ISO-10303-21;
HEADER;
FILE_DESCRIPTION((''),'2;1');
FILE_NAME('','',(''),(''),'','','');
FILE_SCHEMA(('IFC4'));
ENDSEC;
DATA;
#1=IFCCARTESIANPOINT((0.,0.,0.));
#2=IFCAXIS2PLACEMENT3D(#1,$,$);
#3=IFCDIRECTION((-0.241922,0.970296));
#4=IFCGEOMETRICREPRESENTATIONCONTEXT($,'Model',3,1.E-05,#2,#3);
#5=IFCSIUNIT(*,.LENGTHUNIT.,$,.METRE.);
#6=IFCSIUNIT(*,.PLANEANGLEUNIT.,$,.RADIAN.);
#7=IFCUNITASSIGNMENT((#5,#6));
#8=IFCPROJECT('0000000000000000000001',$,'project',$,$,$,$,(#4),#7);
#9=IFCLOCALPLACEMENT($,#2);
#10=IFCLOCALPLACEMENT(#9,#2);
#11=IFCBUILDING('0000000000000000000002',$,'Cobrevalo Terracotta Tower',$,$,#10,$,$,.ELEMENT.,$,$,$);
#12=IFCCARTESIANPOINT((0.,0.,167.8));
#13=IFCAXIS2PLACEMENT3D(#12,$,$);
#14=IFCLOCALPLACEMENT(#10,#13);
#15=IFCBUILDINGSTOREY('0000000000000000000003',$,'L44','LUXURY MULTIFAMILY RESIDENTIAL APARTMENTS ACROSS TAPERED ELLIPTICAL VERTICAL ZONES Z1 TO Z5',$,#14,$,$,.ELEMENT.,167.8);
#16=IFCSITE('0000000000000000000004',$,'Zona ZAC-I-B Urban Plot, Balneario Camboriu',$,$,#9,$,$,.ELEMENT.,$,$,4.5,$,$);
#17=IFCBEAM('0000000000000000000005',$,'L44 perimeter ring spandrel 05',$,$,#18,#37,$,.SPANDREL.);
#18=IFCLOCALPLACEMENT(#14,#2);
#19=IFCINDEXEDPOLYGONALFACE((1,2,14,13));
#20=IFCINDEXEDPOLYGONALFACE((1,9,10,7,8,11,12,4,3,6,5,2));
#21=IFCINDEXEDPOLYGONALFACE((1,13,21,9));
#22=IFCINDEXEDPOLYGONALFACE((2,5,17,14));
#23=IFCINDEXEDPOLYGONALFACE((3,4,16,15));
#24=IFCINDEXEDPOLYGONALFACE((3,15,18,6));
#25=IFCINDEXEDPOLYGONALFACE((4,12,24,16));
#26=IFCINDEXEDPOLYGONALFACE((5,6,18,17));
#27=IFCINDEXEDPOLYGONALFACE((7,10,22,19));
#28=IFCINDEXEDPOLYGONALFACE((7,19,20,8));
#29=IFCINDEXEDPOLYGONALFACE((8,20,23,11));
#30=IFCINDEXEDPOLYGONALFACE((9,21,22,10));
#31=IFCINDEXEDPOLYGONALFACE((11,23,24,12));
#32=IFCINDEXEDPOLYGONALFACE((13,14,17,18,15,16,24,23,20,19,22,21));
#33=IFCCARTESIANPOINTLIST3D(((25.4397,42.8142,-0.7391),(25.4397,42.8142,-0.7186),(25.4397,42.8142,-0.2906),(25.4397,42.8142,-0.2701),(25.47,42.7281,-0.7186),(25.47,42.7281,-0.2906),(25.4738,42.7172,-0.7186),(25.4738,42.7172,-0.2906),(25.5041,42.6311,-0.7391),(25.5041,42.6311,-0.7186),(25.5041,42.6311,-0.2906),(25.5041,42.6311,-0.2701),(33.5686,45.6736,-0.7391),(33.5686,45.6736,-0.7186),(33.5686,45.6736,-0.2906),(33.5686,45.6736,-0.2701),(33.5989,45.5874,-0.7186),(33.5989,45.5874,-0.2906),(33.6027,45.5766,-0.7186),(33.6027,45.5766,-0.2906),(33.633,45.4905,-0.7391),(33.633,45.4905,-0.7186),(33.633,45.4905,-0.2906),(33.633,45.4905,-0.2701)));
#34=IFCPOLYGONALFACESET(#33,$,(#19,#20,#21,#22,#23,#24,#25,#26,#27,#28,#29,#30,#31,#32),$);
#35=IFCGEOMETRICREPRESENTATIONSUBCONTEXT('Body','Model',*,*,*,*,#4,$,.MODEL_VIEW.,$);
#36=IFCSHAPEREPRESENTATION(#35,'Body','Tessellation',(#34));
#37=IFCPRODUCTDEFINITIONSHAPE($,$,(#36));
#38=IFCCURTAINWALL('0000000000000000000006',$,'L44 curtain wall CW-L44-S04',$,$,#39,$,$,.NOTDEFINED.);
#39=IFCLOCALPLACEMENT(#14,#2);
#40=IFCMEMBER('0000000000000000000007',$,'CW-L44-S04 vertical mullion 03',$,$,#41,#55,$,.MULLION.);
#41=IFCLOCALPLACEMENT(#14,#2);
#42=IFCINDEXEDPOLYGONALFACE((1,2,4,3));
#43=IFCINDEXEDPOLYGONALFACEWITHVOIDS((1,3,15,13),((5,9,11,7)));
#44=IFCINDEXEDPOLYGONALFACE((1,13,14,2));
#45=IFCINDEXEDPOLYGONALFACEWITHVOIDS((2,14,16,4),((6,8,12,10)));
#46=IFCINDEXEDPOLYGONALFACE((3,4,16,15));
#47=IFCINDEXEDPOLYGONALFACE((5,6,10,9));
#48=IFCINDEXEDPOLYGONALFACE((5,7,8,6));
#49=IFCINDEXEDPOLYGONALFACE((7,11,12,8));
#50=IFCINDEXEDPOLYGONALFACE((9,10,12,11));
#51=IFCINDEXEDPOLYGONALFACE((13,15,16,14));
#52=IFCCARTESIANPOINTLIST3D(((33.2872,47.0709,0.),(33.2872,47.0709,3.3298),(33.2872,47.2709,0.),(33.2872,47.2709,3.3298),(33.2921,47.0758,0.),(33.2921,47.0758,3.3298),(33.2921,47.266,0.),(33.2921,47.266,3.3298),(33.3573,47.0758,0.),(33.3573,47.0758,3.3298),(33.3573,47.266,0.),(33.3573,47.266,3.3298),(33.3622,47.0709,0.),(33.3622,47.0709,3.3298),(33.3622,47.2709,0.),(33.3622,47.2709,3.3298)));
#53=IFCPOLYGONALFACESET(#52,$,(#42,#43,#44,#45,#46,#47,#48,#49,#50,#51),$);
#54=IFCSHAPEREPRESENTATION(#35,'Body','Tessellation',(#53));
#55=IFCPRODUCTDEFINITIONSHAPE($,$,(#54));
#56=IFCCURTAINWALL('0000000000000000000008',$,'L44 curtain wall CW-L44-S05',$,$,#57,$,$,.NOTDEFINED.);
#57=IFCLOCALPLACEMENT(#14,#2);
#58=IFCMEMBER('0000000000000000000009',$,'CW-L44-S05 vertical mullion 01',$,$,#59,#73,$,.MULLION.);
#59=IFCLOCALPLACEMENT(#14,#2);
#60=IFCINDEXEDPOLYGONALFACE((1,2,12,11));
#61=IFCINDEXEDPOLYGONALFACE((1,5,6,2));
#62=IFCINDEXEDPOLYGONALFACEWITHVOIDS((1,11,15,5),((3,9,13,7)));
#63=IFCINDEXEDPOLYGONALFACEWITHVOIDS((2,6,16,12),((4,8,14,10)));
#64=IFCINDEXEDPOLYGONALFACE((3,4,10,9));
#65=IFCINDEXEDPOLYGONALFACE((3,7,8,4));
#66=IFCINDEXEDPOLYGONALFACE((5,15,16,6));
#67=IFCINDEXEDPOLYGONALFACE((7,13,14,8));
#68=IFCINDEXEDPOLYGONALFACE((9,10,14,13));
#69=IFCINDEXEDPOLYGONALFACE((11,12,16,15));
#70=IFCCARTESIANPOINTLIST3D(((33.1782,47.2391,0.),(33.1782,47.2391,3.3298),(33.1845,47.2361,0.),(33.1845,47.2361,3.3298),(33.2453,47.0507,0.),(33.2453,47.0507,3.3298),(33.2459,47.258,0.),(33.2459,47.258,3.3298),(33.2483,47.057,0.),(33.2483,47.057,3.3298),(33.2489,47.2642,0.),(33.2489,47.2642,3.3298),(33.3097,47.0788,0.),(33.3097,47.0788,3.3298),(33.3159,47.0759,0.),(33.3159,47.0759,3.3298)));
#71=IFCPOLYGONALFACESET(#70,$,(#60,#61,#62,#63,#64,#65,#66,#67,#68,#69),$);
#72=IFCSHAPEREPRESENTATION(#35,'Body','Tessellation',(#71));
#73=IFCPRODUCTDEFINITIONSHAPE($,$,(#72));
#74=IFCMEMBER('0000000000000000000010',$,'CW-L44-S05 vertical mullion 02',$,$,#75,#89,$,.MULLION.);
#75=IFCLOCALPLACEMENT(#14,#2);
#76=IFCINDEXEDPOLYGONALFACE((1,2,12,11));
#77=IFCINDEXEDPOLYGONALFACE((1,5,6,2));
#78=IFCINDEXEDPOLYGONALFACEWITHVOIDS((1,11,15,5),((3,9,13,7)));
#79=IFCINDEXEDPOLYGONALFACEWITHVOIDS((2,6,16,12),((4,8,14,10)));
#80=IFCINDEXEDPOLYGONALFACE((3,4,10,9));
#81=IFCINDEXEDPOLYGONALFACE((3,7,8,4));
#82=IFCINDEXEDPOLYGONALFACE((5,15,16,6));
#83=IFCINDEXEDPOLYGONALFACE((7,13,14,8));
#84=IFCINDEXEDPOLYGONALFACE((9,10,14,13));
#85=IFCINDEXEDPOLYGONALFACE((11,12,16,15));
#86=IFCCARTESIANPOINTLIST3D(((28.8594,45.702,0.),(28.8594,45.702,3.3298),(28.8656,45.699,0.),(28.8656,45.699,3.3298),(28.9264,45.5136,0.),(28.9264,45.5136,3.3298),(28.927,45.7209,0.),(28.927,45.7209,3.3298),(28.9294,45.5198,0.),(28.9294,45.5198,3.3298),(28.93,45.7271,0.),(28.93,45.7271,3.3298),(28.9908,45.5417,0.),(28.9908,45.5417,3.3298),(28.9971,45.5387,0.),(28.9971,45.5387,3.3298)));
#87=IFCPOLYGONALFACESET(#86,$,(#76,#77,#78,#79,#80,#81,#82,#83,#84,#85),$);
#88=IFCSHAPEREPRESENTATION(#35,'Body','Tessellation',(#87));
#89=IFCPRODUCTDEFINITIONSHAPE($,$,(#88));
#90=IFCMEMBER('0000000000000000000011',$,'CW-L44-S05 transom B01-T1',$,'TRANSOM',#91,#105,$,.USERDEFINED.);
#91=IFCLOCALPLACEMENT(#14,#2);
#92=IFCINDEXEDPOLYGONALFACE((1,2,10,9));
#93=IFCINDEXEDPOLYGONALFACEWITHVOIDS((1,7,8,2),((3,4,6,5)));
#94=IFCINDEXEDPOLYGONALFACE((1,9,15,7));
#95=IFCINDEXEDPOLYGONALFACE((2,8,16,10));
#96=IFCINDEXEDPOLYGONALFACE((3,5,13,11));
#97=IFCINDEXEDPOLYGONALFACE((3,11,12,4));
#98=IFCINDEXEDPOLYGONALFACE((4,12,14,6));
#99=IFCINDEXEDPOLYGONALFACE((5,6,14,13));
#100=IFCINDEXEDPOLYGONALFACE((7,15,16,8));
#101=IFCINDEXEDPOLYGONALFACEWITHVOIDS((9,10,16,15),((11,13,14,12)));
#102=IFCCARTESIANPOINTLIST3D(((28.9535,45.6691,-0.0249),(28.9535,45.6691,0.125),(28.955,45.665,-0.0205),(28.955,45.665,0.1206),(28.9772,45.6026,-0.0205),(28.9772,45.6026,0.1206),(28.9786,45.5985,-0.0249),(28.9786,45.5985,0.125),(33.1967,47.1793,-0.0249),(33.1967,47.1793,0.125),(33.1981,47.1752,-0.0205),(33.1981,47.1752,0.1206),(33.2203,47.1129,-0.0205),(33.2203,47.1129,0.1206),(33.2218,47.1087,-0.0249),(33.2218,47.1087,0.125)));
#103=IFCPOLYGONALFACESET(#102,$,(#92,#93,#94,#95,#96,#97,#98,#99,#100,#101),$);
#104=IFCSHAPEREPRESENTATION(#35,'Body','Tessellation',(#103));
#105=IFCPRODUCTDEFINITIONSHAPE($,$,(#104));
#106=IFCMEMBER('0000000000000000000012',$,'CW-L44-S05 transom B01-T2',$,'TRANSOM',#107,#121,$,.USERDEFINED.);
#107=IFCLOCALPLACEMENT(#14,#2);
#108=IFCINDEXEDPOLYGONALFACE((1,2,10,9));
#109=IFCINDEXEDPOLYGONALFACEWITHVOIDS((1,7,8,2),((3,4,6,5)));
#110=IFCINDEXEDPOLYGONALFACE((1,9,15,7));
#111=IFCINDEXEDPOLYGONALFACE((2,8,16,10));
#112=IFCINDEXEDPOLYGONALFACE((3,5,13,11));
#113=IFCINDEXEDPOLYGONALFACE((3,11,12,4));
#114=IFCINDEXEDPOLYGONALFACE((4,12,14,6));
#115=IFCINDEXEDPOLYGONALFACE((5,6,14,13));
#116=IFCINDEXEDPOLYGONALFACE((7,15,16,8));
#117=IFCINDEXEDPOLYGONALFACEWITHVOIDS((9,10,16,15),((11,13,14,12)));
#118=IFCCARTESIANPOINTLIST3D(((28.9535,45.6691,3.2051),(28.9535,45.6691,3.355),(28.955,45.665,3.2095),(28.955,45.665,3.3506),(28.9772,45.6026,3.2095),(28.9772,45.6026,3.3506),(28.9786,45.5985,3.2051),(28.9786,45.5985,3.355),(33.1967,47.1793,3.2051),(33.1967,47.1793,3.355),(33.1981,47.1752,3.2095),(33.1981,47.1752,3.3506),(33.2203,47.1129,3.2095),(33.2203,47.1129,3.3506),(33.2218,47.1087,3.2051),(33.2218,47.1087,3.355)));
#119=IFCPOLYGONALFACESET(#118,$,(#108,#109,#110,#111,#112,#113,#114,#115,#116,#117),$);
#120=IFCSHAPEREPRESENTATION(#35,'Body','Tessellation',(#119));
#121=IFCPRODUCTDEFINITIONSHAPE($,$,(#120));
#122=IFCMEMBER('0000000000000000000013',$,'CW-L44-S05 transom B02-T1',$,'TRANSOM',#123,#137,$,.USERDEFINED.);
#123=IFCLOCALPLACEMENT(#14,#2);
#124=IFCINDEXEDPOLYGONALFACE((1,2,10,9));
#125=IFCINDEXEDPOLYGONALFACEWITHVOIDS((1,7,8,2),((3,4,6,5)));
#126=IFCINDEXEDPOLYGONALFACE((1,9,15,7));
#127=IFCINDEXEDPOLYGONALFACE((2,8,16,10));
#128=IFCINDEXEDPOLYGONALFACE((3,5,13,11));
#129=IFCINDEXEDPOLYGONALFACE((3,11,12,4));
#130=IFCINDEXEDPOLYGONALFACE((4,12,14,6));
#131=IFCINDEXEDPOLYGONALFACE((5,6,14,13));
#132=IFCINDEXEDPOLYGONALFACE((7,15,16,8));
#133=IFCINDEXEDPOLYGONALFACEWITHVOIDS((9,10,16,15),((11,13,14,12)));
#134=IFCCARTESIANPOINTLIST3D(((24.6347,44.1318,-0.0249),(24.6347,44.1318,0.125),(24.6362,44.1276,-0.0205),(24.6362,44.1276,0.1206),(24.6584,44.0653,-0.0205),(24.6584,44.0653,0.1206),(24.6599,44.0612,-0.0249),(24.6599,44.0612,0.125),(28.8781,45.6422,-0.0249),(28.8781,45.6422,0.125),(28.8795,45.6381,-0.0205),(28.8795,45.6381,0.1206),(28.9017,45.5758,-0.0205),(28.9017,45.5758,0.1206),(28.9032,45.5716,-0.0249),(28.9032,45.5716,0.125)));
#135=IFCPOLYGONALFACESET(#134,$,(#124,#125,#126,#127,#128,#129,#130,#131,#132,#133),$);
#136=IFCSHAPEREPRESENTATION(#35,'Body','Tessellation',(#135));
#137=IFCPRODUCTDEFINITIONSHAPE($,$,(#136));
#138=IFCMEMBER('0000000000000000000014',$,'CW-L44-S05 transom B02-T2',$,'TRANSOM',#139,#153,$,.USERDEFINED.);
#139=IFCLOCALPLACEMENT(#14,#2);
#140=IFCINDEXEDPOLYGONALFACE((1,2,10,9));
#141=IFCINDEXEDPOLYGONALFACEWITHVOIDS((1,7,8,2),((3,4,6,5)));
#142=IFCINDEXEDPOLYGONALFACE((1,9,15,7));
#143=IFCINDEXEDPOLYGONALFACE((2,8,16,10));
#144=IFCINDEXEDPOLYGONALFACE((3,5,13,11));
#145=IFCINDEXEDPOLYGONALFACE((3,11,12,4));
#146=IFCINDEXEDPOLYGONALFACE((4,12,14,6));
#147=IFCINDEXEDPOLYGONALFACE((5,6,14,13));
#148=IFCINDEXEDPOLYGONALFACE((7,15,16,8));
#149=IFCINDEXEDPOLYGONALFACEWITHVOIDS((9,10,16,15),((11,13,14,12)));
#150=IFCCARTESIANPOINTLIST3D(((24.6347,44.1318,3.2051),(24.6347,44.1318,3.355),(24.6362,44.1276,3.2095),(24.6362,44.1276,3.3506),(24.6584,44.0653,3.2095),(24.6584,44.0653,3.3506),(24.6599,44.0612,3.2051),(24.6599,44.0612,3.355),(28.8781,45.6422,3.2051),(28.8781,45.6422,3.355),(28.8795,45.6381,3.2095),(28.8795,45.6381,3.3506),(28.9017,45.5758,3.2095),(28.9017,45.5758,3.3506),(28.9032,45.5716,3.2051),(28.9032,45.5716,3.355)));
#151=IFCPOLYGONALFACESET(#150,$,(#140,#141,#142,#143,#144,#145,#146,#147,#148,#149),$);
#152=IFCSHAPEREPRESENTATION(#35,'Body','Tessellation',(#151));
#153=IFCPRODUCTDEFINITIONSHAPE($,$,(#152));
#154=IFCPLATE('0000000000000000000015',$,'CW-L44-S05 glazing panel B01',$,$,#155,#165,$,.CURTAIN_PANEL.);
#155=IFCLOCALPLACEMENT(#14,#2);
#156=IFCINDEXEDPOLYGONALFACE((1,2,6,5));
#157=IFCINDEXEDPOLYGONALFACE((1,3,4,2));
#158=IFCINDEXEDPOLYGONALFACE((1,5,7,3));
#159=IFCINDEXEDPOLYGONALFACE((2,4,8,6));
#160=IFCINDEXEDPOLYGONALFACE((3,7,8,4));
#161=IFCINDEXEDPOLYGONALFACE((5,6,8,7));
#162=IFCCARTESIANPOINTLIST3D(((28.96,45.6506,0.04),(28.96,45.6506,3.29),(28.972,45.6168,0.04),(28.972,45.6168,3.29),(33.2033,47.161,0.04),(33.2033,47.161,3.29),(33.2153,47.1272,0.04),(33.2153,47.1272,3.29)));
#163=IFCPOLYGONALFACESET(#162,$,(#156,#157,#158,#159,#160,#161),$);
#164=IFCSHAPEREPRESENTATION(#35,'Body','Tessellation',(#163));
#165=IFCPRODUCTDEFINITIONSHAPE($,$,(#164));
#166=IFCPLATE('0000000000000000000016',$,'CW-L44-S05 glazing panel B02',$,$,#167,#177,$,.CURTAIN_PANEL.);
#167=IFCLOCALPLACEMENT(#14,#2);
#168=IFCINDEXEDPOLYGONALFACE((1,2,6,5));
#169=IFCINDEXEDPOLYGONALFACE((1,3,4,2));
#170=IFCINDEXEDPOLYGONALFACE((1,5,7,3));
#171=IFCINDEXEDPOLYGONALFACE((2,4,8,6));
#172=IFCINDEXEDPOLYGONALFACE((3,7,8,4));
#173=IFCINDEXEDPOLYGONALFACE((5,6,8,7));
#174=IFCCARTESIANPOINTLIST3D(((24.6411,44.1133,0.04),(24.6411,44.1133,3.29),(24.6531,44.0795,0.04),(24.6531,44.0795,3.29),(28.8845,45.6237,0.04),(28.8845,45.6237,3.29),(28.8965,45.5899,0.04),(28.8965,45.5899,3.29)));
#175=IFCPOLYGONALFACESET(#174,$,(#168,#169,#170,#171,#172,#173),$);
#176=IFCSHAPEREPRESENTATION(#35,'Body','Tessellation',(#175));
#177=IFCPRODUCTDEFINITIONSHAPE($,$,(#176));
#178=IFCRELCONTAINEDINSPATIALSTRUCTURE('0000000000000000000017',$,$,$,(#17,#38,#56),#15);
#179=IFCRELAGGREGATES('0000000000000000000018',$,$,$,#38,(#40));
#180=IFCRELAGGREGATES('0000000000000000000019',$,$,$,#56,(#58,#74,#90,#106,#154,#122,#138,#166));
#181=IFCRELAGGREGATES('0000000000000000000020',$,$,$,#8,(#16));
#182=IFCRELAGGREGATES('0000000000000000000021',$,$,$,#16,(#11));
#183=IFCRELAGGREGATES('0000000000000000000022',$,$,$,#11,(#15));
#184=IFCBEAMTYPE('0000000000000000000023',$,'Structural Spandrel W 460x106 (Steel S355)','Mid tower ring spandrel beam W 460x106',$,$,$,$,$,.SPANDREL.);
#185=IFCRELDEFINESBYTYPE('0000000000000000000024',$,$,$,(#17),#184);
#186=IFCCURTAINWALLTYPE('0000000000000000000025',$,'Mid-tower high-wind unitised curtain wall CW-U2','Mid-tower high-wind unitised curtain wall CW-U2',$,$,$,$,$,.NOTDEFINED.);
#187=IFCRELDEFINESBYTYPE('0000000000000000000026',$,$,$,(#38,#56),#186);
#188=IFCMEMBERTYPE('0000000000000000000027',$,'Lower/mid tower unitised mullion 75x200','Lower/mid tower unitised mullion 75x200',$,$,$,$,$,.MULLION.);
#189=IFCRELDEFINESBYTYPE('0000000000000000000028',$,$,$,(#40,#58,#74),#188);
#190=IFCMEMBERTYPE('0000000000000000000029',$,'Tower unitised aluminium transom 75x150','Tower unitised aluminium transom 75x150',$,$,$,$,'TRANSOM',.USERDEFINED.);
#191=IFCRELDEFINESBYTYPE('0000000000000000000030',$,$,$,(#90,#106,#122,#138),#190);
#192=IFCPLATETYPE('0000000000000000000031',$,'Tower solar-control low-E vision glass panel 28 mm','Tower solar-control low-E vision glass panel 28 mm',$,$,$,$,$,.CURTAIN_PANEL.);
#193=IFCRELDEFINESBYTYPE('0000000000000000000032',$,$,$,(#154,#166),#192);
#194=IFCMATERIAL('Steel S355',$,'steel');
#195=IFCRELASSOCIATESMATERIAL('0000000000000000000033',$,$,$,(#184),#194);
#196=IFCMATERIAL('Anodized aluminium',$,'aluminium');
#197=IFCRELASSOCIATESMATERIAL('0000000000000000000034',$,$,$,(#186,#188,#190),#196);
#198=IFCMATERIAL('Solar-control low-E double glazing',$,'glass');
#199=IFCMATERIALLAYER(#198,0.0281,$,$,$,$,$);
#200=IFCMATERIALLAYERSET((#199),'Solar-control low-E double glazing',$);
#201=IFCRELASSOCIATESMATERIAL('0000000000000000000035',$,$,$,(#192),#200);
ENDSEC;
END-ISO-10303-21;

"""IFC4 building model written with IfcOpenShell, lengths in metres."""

from ifc_helpers import new_model, si_unit, direction, frame, origin, origin_2d, place, context, subcontext, project, spatial, rectangle, hollow_rectangle, i_section, extrude, source, transform, mapped, material, layer, layer_set, material_profile, profile_set, type_object, element, aggregate, save


model = new_model("IFC4")

# Units and contexts
model_context = context("Model", 3, precision=1e-05, world=origin(), true_north=direction((-0.241922, 0.970296)))
body_context = subcontext(model_context, "Body", "Model", "MODEL_VIEW")
ifc_project = project(units=[si_unit("LENGTHUNIT", "METRE"), si_unit("PLANEANGLEUNIT", "RADIAN")], contexts=[model_context])

# Site, building, storey
site_placement = place(None, origin())
site = spatial("IfcSite", under=ifc_project, at=site_placement, Name="Zona ZAC-I-B Urban Plot, Balneario Camboriu", CompositionType="ELEMENT", RefElevation=4.5)
building_placement = place(site_placement, origin())
building = spatial("IfcBuilding", under=site, at=building_placement, Name="Cobrevalo Terracotta Tower", CompositionType="ELEMENT")
storey_placement = place(building_placement, frame((0.0, 0.0, 167.8)))
storey = spatial("IfcBuildingStorey", under=building, at=storey_placement, Name="L44", Description="LUXURY MULTIFAMILY RESIDENTIAL APARTMENTS ACROSS TAPERED ELLIPTICAL VERTICAL ZONES Z1 TO Z5", CompositionType="ELEMENT", Elevation=167.8)

# Shared definitions
ifc_material_1 = material(Name="Steel S355", Category="steel")

# Beam
ifc_material_profile_1 = material_profile(ifc_material_1, i_section(OverallWidth=0.1941, OverallDepth=0.469, WebThickness=0.0115, FlangeThickness=0.0205, at=origin_2d()), Name="W 460x106")
ifc_profile_set_1 = profile_set([ifc_material_profile_1], Name="Steel S355")
beam_type_1 = type_object("IfcBeamType", Name="Structural Spandrel W 460x106 (Steel S355)", Description="Mid tower ring spandrel beam W 460x106", PredefinedType="SPANDREL", material=ifc_profile_set_1)
beam_1_placement = place(storey_placement, frame((33.6008, 45.582, -0.5046), z_axis=(-0.943341, -0.331824, 0.0), x_axis=(0.331824, -0.943341, 0.0)))
element("IfcBeam", 1, at=beam_1_placement, inside=storey, type_object=beam_type_1, Name="L44 perimeter ring spandrel 05", PredefinedType="SPANDREL", context=body_context, shape_type="SweptSolid", body=[
    extrude(i_section(OverallWidth=0.1941, OverallDepth=0.469, WebThickness=0.0115, FlangeThickness=0.0205, at=origin_2d()), origin(), (0.0, 0.0, 1.0), 8.6172),
])

# Curtain wall, member
ifc_material_2 = material(Name="Anodized aluminium", Category="aluminium")
curtain_wall_type = type_object("IfcCurtainWallType", Name="Mid-tower high-wind unitised curtain wall CW-U2", Description="Mid-tower high-wind unitised curtain wall CW-U2", PredefinedType="NOTDEFINED", material=ifc_material_2)
curtain_wall_1_placement = place(storey_placement, origin())
curtain_wall_1 = element("IfcCurtainWall", 2, at=curtain_wall_1_placement, inside=storey, type_object=curtain_wall_type, Name="L44 curtain wall CW-L44-S04", PredefinedType="NOTDEFINED")
ifc_material_profile_2 = material_profile(ifc_material_2, hollow_rectangle(XDim=0.075, YDim=0.2, WallThickness=0.0049, at=origin_2d()), Name="CWM 75x200")
ifc_profile_set_2 = profile_set([ifc_material_profile_2], Name="Anodized aluminium")
member_type_1 = type_object("IfcMemberType", Name="Lower/mid tower unitised mullion 75x200", Description="Lower/mid tower unitised mullion 75x200", PredefinedType="MULLION", material=ifc_profile_set_2)
shared_shape_1 = source(origin(), body_context, "Body", "SweptSolid", [
    extrude(hollow_rectangle(XDim=0.075, YDim=0.2, WallThickness=0.0049, at=origin_2d()), origin(), (0.0, 0.0, 1.0), 3.3298),
])
member_1_placement = place(storey_placement, frame((33.3247, 47.1709, 0.0), z_axis=(0.0, 0.0, 1.0), x_axis=(-1.0, 0.0, 0.0)))
member_1 = element("IfcMember", 3, at=member_1_placement, type_object=member_type_1, Name="CW-L44-S04 vertical mullion 03", PredefinedType="MULLION", context=body_context, shape_type="MappedRepresentation", body=[
    mapped(shared_shape_1, transform((0.0, 0.0, 0.0), scale=1.0)),
])
aggregate(curtain_wall_1, [member_1])

# Curtain wall, members, plates
curtain_wall_2_placement = place(storey_placement, origin())
curtain_wall_2 = element("IfcCurtainWall", 4, at=curtain_wall_2_placement, inside=storey, type_object=curtain_wall_type, Name="L44 curtain wall CW-L44-S05", PredefinedType="NOTDEFINED")
member_2_placement = place(storey_placement, frame((33.2471, 47.1575, 0.0), z_axis=(0.0, 0.0, 1.0), x_axis=(-0.942098, -0.335336, 0.0)))
member_2 = element("IfcMember", 5, at=member_2_placement, type_object=member_type_1, Name="CW-L44-S05 vertical mullion 01", PredefinedType="MULLION", context=body_context, shape_type="MappedRepresentation", body=[
    mapped(shared_shape_1, transform((0.0, 0.0, 0.0), scale=1.0)),
])
member_3_placement = place(storey_placement, frame((28.9282, 45.6204, 0.0), z_axis=(0.0, 0.0, 1.0), x_axis=(-0.942098, -0.335336, 0.0)))
member_3 = element("IfcMember", 6, at=member_3_placement, type_object=member_type_1, Name="CW-L44-S05 vertical mullion 02", PredefinedType="MULLION", context=body_context, shape_type="MappedRepresentation", body=[
    mapped(shared_shape_1, transform((0.0, 0.0, 0.0), scale=1.0)),
])
ifc_material_profile_3 = material_profile(ifc_material_2, hollow_rectangle(XDim=0.075, YDim=0.1499, WallThickness=0.0044, at=origin_2d()), Name="CWT 75x150")
ifc_profile_set_3 = profile_set([ifc_material_profile_3], Name="Anodized aluminium")
member_type_2 = type_object("IfcMemberType", Name="Tower unitised aluminium transom 75x150", Description="Tower unitised aluminium transom 75x150", ElementType="TRANSOM", PredefinedType="USERDEFINED", material=ifc_profile_set_3)
shared_shape_2 = source(origin(), body_context, "Body", "SweptSolid", [
    extrude(hollow_rectangle(XDim=0.075, YDim=0.1499, WallThickness=0.0044, at=origin_2d()), origin(), (0.0, 0.0, 1.0), 4.5039),
])
member_4_placement = place(storey_placement, frame((33.2092, 47.144, 0.05), z_axis=(-0.942104, -0.33532, 0.0), x_axis=(0.33532, -0.942104, 0.0)))
member_4 = element("IfcMember", 7, at=member_4_placement, type_object=member_type_2, Name="CW-L44-S05 transom B01-T1", ObjectType="TRANSOM", PredefinedType="USERDEFINED", context=body_context, shape_type="MappedRepresentation", body=[
    mapped(shared_shape_2, transform((0.0, 0.0, 0.0), scale=1.0)),
])
member_5_placement = place(storey_placement, frame((33.2092, 47.144, 3.28), z_axis=(-0.942104, -0.33532, 0.0), x_axis=(0.33532, -0.942104, 0.0)))
member_5 = element("IfcMember", 8, at=member_5_placement, type_object=member_type_2, Name="CW-L44-S05 transom B01-T2", ObjectType="TRANSOM", PredefinedType="USERDEFINED", context=body_context, shape_type="MappedRepresentation", body=[
    mapped(shared_shape_2, transform((0.0, 0.0, 0.0), scale=1.0)),
])
shared_shape_3 = source(origin(), body_context, "Body", "SweptSolid", [
    extrude(hollow_rectangle(XDim=0.075, YDim=0.1499, WallThickness=0.0044, at=origin_2d()), origin(), (0.0, 0.0, 1.0), 4.5042),
])
member_6_placement = place(storey_placement, frame((28.8906, 45.6069, 0.05), z_axis=(-0.942093, -0.335351, 0.0), x_axis=(0.335351, -0.942093, 0.0)))
member_6 = element("IfcMember", 9, at=member_6_placement, type_object=member_type_2, Name="CW-L44-S05 transom B02-T1", ObjectType="TRANSOM", PredefinedType="USERDEFINED", context=body_context, shape_type="MappedRepresentation", body=[
    mapped(shared_shape_3, transform((0.0, 0.0, 0.0), scale=1.0)),
])
member_7_placement = place(storey_placement, frame((28.8906, 45.6069, 3.28), z_axis=(-0.942093, -0.335351, 0.0), x_axis=(0.335351, -0.942093, 0.0)))
member_7 = element("IfcMember", 10, at=member_7_placement, type_object=member_type_2, Name="CW-L44-S05 transom B02-T2", ObjectType="TRANSOM", PredefinedType="USERDEFINED", context=body_context, shape_type="MappedRepresentation", body=[
    mapped(shared_shape_3, transform((0.0, 0.0, 0.0), scale=1.0)),
])
ifc_material_3 = material(Name="Solar-control low-E double glazing", Category="glass")
ifc_layer_1 = layer(ifc_material_3, 0.0281)
ifc_layer_set_1 = layer_set([ifc_layer_1], Name="Solar-control low-E double glazing")
plate_type = type_object("IfcPlateType", Name="Tower solar-control low-E vision glass panel 28 mm", Description="Tower solar-control low-E vision glass panel 28 mm", PredefinedType="CURTAIN_PANEL", material=ifc_layer_set_1)
shared_shape_4 = source(origin(), body_context, "Body", "SweptSolid", [
    extrude(rectangle(XDim=4.5042, YDim=0.0359, at=origin_2d()), origin(), (0.0, 0.0, 1.0), 3.25),
])
plate_1_placement = place(storey_placement, frame((31.0876, 46.3889, 0.04), z_axis=(0.0, 0.0, 1.0), x_axis=(-0.942098, -0.335336, 0.0)))
plate_1 = element("IfcPlate", 11, at=plate_1_placement, type_object=plate_type, Name="CW-L44-S05 glazing panel B01", PredefinedType="CURTAIN_PANEL", context=body_context, shape_type="MappedRepresentation", body=[
    mapped(shared_shape_4, transform((0.0, 0.0, 0.0), scale=1.0)),
])
plate_2_placement = place(storey_placement, frame((26.7688, 44.8516, 0.04), z_axis=(0.0, 0.0, 1.0), x_axis=(-0.942098, -0.335336, 0.0)))
plate_2 = element("IfcPlate", 12, at=plate_2_placement, type_object=plate_type, Name="CW-L44-S05 glazing panel B02", PredefinedType="CURTAIN_PANEL", context=body_context, shape_type="MappedRepresentation", body=[
    mapped(shared_shape_4, transform((0.0, 0.0, 0.0), scale=1.0)),
])
aggregate(curtain_wall_2, [member_2, member_3, member_4, member_5, plate_1, member_6, member_7, plate_2])

save(model, "model.ifc")
